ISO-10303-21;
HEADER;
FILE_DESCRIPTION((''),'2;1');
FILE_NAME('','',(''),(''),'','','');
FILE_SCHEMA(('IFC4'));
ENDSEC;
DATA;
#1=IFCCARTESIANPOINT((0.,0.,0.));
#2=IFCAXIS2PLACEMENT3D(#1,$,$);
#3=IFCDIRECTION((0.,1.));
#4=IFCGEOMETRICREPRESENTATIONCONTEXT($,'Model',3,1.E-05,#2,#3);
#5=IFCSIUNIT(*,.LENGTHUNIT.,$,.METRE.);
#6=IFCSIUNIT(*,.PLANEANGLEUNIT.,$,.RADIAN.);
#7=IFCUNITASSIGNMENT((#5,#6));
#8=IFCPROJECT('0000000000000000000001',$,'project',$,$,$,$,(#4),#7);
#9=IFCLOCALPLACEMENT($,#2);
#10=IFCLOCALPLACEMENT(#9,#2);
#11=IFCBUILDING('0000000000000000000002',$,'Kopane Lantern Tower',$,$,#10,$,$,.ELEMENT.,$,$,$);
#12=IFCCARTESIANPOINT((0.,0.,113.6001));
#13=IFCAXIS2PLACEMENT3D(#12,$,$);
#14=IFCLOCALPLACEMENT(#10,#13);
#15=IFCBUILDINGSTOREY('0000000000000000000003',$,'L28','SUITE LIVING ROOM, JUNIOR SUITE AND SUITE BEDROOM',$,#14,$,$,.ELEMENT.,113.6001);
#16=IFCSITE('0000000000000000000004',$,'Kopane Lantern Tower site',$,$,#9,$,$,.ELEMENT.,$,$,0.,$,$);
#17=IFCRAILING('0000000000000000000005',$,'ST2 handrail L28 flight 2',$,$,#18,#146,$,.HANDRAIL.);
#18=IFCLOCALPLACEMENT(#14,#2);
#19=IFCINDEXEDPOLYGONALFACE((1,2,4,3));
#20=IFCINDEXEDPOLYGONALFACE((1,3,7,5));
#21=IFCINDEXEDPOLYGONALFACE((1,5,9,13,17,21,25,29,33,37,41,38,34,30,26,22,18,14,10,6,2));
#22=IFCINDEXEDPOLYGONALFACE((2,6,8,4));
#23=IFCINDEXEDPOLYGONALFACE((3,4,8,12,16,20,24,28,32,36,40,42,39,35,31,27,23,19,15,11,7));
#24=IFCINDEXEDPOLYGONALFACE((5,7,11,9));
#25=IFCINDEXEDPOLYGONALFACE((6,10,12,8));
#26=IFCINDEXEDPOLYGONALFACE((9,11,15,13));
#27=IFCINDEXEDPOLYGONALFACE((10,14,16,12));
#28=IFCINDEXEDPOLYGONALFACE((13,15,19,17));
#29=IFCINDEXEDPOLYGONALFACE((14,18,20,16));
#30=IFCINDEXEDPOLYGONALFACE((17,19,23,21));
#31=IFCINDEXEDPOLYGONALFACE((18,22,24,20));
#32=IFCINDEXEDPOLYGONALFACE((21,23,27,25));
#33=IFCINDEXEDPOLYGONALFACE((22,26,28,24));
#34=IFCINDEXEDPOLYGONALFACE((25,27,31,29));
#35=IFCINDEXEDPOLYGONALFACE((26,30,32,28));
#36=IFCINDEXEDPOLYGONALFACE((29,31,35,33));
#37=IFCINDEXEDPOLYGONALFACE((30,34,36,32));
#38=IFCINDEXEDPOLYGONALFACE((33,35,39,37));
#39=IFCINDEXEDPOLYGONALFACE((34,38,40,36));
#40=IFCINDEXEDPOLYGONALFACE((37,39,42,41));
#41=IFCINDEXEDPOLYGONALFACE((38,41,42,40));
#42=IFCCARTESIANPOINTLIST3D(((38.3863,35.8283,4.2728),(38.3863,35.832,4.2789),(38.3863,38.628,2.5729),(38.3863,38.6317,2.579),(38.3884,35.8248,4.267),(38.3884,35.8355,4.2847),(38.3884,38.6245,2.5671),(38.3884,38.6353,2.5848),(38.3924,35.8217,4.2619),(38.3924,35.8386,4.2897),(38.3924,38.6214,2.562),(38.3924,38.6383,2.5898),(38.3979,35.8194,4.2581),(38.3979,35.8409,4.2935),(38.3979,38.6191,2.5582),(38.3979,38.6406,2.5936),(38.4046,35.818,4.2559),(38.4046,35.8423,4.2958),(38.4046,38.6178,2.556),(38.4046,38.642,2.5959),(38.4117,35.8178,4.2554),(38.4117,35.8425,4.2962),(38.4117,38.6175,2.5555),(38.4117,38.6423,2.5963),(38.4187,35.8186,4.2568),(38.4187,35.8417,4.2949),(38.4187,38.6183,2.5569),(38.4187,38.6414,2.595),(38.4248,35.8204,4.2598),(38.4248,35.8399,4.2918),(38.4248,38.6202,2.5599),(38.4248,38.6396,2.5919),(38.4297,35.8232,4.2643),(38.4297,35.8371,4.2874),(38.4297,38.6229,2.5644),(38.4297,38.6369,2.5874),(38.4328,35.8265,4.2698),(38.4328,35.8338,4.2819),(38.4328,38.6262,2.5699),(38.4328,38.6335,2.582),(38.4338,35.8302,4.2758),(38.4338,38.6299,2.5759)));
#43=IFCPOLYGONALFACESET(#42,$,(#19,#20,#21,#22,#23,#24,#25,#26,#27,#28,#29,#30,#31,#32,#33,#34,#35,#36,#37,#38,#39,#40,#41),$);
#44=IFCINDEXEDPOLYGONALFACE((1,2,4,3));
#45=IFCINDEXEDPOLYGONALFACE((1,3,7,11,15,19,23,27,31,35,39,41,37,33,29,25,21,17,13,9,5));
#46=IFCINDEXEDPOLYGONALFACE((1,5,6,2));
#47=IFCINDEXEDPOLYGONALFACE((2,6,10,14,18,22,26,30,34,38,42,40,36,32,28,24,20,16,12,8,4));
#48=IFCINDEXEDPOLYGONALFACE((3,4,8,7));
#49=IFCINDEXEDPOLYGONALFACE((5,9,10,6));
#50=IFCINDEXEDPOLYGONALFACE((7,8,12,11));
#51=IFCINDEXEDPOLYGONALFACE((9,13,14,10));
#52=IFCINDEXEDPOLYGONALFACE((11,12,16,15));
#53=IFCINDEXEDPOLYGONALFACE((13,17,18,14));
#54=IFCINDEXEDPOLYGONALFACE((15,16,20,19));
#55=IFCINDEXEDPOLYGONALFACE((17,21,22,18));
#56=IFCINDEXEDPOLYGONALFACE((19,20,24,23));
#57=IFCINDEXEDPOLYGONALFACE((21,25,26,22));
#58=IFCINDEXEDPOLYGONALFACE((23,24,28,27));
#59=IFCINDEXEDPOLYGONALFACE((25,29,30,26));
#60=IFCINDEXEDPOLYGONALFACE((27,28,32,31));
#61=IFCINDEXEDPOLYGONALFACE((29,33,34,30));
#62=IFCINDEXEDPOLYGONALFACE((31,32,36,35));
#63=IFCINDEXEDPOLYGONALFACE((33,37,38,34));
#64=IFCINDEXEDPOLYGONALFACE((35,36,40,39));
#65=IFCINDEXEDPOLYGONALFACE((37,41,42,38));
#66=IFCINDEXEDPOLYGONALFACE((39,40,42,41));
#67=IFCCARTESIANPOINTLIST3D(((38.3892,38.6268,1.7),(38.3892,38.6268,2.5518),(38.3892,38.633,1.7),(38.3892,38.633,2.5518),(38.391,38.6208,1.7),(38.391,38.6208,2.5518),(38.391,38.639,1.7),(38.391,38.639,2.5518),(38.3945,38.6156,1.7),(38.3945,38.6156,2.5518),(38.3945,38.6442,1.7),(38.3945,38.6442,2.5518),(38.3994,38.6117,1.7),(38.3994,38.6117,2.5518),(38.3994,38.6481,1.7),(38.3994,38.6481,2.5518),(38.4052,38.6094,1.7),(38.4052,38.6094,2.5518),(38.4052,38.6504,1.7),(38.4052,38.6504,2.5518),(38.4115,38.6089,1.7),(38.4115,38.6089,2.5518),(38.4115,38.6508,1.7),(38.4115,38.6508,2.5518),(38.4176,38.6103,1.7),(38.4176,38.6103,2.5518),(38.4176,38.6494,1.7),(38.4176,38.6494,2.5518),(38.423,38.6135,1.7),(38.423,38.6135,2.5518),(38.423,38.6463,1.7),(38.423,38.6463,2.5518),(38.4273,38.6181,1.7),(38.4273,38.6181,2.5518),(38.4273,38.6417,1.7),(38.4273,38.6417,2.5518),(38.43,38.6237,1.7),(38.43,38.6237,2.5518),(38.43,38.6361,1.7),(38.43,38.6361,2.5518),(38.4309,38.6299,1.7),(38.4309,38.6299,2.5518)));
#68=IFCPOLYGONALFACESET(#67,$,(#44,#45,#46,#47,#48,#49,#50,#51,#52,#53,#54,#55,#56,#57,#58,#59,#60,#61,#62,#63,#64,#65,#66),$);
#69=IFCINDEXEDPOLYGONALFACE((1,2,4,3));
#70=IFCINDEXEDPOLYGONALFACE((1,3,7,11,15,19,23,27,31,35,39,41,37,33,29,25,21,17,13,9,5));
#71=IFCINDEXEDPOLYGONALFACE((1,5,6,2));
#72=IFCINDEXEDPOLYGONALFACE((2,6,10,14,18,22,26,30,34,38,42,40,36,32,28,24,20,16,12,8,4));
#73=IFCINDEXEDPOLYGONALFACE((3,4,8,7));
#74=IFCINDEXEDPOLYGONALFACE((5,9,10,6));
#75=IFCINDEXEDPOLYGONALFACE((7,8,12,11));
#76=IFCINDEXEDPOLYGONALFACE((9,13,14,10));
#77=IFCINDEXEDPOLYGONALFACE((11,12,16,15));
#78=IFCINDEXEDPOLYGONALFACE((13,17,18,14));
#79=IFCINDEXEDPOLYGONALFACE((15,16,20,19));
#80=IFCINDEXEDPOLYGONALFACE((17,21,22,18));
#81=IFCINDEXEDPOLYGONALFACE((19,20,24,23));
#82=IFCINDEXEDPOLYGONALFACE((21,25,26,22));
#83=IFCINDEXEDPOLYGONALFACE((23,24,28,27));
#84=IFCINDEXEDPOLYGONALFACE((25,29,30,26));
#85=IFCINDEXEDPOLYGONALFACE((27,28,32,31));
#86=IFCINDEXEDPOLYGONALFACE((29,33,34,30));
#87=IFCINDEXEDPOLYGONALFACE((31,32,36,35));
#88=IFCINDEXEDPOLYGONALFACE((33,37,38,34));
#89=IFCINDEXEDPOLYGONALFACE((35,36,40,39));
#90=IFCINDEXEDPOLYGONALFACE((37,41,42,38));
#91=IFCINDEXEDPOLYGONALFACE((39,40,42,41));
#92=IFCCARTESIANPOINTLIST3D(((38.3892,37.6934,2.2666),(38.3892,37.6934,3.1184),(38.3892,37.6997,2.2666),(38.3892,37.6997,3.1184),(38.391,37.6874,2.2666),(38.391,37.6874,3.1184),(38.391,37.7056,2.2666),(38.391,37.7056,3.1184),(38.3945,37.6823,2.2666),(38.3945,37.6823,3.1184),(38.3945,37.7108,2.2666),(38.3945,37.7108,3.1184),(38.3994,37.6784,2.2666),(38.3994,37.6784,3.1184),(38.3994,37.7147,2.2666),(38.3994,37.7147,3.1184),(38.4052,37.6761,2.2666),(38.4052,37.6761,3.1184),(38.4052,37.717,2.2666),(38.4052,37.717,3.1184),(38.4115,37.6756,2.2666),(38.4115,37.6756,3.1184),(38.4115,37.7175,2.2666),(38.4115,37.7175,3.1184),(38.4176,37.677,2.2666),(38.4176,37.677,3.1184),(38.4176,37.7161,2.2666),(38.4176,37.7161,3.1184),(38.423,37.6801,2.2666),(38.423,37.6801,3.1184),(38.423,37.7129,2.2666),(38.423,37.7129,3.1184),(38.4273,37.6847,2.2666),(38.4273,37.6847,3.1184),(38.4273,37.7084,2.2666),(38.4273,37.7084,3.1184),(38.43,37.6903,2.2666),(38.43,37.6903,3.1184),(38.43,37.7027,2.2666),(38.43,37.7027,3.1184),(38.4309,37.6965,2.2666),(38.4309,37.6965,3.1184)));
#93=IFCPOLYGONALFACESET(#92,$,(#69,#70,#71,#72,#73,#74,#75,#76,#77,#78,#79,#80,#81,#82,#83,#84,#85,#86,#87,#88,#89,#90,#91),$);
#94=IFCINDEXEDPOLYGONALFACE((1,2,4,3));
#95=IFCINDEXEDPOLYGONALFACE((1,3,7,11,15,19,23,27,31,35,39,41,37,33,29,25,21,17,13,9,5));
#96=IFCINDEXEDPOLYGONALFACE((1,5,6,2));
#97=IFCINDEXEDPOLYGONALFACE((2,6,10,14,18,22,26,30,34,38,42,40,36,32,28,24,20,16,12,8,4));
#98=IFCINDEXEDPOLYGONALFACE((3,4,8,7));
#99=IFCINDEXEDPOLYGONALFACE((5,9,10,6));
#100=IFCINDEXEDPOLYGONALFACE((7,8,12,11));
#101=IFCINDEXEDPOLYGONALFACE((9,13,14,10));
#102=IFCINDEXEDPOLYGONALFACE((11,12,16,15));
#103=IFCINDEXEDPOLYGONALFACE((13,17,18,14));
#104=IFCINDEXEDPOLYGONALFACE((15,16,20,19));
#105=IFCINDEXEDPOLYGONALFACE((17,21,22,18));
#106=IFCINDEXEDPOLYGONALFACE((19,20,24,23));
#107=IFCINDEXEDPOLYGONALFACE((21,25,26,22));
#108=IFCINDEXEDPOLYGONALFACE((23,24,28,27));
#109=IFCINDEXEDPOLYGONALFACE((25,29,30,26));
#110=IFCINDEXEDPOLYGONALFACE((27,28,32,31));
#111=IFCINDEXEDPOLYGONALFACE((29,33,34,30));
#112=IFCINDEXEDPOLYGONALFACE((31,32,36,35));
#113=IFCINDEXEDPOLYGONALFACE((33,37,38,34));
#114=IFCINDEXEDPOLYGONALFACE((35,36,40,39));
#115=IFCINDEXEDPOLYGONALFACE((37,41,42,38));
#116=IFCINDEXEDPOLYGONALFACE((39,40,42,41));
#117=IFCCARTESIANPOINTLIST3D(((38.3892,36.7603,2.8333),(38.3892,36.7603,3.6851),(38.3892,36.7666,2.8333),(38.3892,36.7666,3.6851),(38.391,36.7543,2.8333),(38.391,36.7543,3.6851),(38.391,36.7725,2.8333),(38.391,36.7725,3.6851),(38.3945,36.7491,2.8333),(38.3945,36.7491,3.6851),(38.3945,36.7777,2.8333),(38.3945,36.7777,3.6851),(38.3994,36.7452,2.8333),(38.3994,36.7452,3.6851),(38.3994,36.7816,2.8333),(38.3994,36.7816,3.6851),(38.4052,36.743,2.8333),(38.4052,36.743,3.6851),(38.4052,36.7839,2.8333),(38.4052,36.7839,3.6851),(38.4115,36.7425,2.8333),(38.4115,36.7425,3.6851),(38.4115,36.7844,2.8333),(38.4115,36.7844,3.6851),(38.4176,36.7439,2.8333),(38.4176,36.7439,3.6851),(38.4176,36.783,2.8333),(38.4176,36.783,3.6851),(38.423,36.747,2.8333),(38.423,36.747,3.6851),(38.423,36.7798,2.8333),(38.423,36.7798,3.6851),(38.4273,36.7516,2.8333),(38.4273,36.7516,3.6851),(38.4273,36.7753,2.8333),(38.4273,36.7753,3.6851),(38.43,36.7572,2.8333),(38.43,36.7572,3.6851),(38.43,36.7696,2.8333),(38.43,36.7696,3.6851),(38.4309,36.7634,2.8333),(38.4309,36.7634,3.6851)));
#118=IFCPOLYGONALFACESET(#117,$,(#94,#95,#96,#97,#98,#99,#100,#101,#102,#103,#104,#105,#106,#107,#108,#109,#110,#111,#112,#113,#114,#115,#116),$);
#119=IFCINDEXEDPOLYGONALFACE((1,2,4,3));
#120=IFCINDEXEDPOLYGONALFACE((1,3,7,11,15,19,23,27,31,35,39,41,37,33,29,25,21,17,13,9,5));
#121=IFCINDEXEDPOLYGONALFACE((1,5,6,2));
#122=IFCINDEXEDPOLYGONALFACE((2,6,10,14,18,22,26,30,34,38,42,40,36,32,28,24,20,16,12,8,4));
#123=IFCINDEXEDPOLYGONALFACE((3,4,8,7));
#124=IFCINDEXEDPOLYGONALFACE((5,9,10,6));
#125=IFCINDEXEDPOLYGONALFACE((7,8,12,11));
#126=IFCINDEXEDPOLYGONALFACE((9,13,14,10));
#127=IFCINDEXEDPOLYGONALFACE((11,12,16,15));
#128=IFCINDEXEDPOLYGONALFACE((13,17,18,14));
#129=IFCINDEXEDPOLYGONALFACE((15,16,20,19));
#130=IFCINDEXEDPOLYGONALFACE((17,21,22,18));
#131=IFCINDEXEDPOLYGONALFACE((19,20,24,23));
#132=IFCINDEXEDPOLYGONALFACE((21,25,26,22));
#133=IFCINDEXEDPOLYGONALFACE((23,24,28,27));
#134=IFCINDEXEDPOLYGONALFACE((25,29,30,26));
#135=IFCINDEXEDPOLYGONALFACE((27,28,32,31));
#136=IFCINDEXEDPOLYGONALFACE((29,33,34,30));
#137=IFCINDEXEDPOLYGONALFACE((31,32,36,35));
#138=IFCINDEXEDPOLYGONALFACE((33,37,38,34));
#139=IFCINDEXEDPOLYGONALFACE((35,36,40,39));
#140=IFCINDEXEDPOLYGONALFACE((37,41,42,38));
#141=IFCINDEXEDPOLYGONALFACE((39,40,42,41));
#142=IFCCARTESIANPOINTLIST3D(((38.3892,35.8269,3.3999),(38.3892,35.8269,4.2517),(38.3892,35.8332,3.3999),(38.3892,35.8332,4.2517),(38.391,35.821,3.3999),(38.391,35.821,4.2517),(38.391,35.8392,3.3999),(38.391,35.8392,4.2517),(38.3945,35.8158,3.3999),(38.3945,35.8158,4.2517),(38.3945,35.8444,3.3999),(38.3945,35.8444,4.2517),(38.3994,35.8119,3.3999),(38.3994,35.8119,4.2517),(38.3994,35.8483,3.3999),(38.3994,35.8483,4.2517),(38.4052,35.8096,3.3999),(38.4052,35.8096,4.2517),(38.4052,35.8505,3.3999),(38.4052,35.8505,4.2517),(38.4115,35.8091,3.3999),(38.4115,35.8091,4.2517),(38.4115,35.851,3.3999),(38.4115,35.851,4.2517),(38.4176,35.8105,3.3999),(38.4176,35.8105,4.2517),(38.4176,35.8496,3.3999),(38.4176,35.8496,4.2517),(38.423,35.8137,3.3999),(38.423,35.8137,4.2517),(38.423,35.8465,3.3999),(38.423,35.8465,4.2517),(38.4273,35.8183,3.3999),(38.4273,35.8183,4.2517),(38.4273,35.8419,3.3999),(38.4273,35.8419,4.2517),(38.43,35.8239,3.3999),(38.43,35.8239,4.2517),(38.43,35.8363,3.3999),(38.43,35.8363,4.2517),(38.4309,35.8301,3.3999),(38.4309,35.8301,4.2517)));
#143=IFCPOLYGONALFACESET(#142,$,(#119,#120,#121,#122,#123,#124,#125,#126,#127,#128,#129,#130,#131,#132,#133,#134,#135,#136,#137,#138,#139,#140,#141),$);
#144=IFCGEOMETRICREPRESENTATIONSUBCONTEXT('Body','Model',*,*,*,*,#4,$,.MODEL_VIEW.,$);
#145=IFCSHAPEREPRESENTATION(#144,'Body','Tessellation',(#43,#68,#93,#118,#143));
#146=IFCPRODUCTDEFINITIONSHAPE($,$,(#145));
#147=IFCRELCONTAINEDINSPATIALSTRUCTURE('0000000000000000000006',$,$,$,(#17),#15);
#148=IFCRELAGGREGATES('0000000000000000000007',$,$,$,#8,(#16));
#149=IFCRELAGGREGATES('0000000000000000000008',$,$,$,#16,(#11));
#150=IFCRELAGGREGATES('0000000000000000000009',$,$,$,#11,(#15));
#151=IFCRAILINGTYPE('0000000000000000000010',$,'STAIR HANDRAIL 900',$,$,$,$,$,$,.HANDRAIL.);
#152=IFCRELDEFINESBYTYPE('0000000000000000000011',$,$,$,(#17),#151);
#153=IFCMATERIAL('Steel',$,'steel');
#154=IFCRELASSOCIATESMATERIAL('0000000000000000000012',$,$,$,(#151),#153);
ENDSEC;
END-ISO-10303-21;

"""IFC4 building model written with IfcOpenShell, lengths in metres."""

from ifc_helpers import new_model, si_unit, direction, frame, origin, origin_2d, place, context, subcontext, project, spatial, circle, extrude, material, type_object, element, save


model = new_model("IFC4")

# Units and contexts
model_context = context("Model", 3, precision=1e-05, world=origin(), true_north=direction((0.0, 1.0)))
body_context = subcontext(model_context, "Body", "Model", "MODEL_VIEW")
ifc_project = project(units=[si_unit("LENGTHUNIT", "METRE"), si_unit("PLANEANGLEUNIT", "RADIAN")], contexts=[model_context])

# Site, building, storey
site_placement = place(None, origin())
site = spatial("IfcSite", under=ifc_project, at=site_placement, Name="Kopane Lantern Tower site", CompositionType="ELEMENT", RefElevation=0.0)
building_placement = place(site_placement, origin())
building = spatial("IfcBuilding", under=site, at=building_placement, Name="Kopane Lantern Tower", CompositionType="ELEMENT")
storey_placement = place(building_placement, frame((0.0, 0.0, 113.6001)))
storey = spatial("IfcBuildingStorey", under=building, at=storey_placement, Name="L28", Description="SUITE LIVING ROOM, JUNIOR SUITE AND SUITE BEDROOM", CompositionType="ELEMENT", Elevation=113.6001)

# Railing
ifc_material_1 = material(Name="Steel", Category="steel")
railing_type_1 = type_object("IfcRailingType", Name="STAIR HANDRAIL 900", PredefinedType="HANDRAIL", material=ifc_material_1)
for number, where, name in (
    (1, (38.4099, 38.6299, 1.7), "ST2 handrail L28 flight 2"),
):
    element("IfcRailing", number, at=place(storey_placement, frame(where)), inside=storey, type_object=railing_type_1, Name=name, PredefinedType="HANDRAIL", context=body_context, shape_type="SweptSolid", body=[
        extrude(circle(Radius=0.0239, at=origin_2d()), frame((0.0, 0.0, 0.876), z_axis=(0.0, -0.854778, 0.518994), x_axis=(1.0, 0.0, 0.0)), (0.0, 0.0, 1.0), 3.2754),
        extrude(circle(Radius=0.021, at=origin_2d()), origin(), (0.0, 0.0, 1.0), 0.8518),
        extrude(circle(Radius=0.021, at=origin_2d()), frame((0.0, -0.9333, 0.5667)), (0.0, 0.0, 1.0), 0.8518),
        extrude(circle(Radius=0.021, at=origin_2d()), frame((0.0, -1.8665, 1.1333)), (0.0, 0.0, 1.0), 0.8518),
        extrude(circle(Radius=0.021, at=origin_2d()), frame((0.0, -2.7998, 1.7)), (0.0, 0.0, 1.0), 0.8518),
    ])

save(model, "model.ifc")
